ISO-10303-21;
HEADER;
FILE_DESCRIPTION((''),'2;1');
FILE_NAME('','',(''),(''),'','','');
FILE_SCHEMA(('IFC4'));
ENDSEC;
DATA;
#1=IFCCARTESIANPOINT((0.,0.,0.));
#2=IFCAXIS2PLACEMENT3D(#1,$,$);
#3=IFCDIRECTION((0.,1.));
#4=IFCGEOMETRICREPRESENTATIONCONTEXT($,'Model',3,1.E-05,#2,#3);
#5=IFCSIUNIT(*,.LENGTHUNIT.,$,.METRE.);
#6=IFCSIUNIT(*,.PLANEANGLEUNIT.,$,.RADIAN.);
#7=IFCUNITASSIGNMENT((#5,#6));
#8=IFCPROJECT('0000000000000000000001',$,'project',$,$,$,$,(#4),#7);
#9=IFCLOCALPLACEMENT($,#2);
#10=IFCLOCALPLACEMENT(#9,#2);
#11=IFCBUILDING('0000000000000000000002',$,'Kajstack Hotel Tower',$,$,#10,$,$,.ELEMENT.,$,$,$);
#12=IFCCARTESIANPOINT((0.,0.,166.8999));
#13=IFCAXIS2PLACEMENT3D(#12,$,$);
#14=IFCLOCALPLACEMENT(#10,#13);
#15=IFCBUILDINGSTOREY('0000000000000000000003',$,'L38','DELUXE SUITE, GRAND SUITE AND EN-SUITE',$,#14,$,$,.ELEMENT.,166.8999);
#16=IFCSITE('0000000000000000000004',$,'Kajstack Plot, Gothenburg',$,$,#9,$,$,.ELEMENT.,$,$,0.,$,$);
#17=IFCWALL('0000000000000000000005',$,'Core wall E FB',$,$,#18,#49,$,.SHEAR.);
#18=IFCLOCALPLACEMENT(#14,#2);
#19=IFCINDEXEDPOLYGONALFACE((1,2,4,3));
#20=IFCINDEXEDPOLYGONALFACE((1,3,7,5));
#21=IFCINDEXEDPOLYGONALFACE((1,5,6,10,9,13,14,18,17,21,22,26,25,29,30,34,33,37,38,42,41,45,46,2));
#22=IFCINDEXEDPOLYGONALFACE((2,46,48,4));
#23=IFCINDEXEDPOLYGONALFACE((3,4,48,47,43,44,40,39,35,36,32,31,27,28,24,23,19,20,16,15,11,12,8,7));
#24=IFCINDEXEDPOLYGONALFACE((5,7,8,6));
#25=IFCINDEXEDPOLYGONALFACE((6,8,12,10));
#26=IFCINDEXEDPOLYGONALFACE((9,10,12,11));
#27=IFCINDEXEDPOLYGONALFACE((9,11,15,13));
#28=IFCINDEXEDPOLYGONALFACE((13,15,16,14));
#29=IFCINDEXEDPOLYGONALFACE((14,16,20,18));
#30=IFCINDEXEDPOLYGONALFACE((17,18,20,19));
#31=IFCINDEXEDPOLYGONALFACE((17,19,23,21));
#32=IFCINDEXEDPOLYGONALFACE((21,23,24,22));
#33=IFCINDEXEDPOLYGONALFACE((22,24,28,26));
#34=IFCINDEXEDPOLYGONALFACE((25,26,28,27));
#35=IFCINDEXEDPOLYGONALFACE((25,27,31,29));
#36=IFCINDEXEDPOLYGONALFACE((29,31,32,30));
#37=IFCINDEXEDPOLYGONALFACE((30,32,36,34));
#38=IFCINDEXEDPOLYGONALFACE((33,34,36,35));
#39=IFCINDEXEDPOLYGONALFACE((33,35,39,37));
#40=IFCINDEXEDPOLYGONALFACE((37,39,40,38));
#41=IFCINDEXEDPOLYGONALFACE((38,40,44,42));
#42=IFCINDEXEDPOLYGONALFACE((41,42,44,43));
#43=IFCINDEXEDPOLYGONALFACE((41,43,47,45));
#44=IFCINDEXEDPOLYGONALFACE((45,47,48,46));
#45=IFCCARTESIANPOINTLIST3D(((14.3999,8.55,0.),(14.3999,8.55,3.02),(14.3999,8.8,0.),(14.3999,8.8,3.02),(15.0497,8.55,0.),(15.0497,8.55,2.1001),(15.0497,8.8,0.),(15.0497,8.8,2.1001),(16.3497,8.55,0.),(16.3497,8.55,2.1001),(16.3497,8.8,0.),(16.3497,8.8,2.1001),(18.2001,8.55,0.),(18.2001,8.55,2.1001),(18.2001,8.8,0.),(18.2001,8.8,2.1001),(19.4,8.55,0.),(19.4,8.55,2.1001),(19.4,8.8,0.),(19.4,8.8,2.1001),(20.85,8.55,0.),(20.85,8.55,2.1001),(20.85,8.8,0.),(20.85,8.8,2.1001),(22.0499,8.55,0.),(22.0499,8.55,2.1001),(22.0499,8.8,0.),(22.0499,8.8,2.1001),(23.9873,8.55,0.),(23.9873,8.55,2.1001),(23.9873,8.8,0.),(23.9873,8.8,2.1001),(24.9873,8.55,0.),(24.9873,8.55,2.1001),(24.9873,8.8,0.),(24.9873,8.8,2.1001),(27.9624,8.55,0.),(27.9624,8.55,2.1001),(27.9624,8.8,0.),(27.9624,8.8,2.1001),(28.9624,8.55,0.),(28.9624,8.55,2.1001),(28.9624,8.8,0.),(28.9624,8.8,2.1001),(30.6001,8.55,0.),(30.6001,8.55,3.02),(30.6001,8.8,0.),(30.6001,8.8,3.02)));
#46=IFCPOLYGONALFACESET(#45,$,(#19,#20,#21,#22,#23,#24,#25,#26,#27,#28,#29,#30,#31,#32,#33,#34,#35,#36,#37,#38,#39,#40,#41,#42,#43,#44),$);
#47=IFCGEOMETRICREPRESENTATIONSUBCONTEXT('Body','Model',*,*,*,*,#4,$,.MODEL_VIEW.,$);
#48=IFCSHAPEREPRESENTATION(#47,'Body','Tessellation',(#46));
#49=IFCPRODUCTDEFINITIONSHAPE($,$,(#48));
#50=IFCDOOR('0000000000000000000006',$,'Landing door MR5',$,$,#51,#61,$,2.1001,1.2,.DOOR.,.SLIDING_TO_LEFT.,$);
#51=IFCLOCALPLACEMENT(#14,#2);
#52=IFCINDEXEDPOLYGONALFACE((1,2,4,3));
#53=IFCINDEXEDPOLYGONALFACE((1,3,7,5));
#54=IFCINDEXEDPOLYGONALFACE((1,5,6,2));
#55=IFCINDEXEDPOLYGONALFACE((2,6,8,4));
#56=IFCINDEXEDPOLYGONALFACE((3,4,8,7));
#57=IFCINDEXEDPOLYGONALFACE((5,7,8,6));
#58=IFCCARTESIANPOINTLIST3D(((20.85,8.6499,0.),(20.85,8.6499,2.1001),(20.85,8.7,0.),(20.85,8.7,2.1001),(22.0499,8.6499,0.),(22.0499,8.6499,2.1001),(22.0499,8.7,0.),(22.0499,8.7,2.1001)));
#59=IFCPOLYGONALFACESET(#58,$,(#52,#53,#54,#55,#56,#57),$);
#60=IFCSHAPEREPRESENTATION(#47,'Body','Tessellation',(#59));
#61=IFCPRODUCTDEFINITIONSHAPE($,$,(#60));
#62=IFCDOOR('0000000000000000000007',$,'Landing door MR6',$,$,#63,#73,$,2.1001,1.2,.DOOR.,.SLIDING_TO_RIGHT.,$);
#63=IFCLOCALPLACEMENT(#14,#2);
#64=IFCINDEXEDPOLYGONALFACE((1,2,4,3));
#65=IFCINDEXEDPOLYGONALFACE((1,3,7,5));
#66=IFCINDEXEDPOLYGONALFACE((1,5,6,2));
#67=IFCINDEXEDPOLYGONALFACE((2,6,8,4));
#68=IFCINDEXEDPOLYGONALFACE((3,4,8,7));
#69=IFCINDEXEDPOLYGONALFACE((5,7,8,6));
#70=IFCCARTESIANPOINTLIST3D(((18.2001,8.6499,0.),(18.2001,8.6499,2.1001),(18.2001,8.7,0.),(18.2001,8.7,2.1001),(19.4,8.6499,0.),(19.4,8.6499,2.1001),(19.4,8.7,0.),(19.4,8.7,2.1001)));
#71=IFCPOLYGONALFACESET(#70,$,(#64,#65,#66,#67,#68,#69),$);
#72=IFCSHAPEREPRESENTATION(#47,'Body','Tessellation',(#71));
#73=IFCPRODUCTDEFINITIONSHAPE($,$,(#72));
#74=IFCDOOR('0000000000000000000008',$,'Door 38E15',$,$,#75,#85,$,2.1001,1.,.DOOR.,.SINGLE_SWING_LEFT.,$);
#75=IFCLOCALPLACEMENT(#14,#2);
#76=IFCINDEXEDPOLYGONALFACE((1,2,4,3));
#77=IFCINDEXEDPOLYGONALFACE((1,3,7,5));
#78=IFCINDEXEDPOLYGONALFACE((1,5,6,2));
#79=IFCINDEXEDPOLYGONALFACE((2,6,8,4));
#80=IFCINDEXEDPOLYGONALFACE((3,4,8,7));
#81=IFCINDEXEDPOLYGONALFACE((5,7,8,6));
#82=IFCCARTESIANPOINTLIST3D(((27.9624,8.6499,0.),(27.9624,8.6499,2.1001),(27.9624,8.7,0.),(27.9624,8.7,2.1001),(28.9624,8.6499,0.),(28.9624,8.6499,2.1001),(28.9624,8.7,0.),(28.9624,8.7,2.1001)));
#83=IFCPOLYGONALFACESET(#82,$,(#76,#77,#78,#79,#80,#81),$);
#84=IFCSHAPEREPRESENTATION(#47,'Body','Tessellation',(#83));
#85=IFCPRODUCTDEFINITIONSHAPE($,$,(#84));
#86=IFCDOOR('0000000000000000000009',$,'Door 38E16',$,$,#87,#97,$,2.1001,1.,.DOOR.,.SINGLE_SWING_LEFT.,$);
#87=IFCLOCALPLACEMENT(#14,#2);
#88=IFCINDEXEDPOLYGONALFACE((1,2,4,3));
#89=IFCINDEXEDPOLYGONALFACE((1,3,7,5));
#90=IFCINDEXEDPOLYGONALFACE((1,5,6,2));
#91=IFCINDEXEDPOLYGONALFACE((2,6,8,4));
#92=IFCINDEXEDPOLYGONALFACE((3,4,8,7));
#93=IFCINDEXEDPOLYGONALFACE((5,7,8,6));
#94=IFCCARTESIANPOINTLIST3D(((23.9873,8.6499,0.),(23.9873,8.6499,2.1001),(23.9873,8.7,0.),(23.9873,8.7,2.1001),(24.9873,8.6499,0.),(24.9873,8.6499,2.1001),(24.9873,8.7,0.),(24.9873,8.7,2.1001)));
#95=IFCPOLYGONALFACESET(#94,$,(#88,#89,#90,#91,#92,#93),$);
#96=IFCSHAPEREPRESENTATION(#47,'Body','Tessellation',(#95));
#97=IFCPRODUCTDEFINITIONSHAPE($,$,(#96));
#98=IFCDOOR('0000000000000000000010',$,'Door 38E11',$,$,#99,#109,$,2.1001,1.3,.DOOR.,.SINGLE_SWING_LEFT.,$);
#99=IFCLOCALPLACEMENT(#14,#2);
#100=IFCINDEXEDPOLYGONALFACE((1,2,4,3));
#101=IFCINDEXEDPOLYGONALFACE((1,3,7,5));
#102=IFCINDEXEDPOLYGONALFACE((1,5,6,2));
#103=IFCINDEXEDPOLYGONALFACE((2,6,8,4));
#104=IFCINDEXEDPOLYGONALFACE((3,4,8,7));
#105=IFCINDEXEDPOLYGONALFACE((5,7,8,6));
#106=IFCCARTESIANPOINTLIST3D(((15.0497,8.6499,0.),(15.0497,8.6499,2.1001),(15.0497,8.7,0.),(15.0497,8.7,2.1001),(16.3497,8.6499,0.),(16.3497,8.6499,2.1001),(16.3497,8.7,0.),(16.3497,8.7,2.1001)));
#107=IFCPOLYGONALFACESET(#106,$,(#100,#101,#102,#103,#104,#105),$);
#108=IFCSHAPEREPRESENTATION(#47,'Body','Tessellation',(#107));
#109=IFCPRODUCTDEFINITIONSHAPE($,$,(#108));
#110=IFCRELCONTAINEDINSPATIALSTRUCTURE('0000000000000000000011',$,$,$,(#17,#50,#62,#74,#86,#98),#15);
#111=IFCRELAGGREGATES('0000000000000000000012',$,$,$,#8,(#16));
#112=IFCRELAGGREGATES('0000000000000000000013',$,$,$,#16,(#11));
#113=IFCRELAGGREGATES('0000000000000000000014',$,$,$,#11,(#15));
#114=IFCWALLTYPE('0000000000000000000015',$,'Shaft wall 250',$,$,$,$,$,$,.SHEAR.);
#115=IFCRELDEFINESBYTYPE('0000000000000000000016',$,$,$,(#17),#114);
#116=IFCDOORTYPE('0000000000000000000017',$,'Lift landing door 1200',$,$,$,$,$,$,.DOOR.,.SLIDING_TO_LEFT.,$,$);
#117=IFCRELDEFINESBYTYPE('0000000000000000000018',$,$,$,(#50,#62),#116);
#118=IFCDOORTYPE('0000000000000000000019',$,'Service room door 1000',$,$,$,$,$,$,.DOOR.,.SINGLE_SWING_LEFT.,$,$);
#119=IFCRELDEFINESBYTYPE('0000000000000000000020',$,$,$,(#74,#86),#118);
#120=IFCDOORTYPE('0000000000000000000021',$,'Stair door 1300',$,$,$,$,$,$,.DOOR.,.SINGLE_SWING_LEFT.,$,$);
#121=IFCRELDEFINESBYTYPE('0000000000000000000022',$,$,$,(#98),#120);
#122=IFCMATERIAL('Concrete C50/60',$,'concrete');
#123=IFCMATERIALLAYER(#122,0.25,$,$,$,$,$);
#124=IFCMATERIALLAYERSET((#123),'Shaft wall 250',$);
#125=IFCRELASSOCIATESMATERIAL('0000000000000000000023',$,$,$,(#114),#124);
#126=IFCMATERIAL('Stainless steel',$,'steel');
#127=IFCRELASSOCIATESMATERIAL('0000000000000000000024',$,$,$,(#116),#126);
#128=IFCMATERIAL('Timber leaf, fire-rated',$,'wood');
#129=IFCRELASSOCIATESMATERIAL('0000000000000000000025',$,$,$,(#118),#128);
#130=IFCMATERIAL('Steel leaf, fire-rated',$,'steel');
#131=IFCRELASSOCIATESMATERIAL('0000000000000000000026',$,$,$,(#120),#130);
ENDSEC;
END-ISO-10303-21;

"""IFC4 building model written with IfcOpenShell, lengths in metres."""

from ifc_helpers import new_model, si_unit, direction, frame, frame_2d, origin, place, context, subcontext, project, spatial, rectangle, extrude, material, layer, layer_set, type_object, element, fill, save


model = new_model("IFC4")

# Units and contexts
model_context = context("Model", 3, precision=1e-05, world=origin(), true_north=direction((0.0, 1.0)))
body_context = subcontext(model_context, "Body", "Model", "MODEL_VIEW")
ifc_project = project(units=[si_unit("LENGTHUNIT", "METRE"), si_unit("PLANEANGLEUNIT", "RADIAN")], contexts=[model_context])

# Site, building, storey
site_placement = place(None, origin())
site = spatial("IfcSite", under=ifc_project, at=site_placement, Name="Kajstack Plot, Gothenburg", CompositionType="ELEMENT", RefElevation=0.0)
building_placement = place(site_placement, origin())
building = spatial("IfcBuilding", under=site, at=building_placement, Name="Kajstack Hotel Tower", CompositionType="ELEMENT")
storey_placement = place(building_placement, frame((0.0, 0.0, 166.8999)))
storey = spatial("IfcBuildingStorey", under=building, at=storey_placement, Name="L38", Description="DELUXE SUITE, GRAND SUITE AND EN-SUITE", CompositionType="ELEMENT", Elevation=166.8999)

# Wall, openings, doors
ifc_material_1 = material(Name="Concrete C50/60", Category="concrete")
ifc_layer_1 = layer(ifc_material_1, 0.25)
ifc_layer_set_1 = layer_set([ifc_layer_1], Name="Shaft wall 250")
wall_type_1 = type_object("IfcWallType", Name="Shaft wall 250", PredefinedType="SHEAR", material=ifc_layer_set_1)
wall_1_placement = place(storey_placement, frame((14.3999, 8.675, 0.0), z_axis=(0.0, 0.0, 1.0), x_axis=(1.0, 0.0, 0.0)))
wall_1 = element("IfcWall", 1, at=wall_1_placement, inside=storey, type_object=wall_type_1, Name="Core wall E FB", PredefinedType="SHEAR", context=body_context, shape_type="SweptSolid", body=[
    extrude(rectangle(XDim=16.2002, YDim=0.25, at=frame_2d((8.1001, 0.0))), origin(), (0.0, 0.0, 1.0), 3.02),
])
opening_1_placement = place(wall_1_placement, frame((6.45, 0.0, 0.0)))
opening_1 = element("IfcOpeningElement", 2, at=opening_1_placement, cuts=wall_1, PredefinedType="OPENING", context=body_context, shape_type="SweptSolid", body=[
    extrude(rectangle(XDim=1.2, YDim=2.1001, at=frame_2d((0.6001, 1.05))), frame((0.0, 0.135, 0.0), z_axis=(0.0, -1.0, 0.0), x_axis=(1.0, 0.0, 0.0)), (0.0, 0.0, 1.0), 0.27),
])
opening_2_placement = place(wall_1_placement, frame((3.8, 0.0, 0.0)))
opening_2 = element("IfcOpeningElement", 3, at=opening_2_placement, cuts=wall_1, PredefinedType="OPENING", context=body_context, shape_type="SweptSolid", body=[
    extrude(rectangle(XDim=1.2, YDim=2.1001, at=frame_2d((0.6001, 1.05))), frame((0.0, 0.135, 0.0), z_axis=(0.0, -1.0, 0.0), x_axis=(1.0, 0.0, 0.0)), (0.0, 0.0, 1.0), 0.27),
])
opening_3_placement = place(wall_1_placement, frame((0.6499, 0.0, 0.0)))
opening_3 = element("IfcOpeningElement", 4, at=opening_3_placement, cuts=wall_1, PredefinedType="OPENING", context=body_context, shape_type="SweptSolid", body=[
    extrude(rectangle(XDim=1.3, YDim=2.1001, at=frame_2d((0.6499, 1.05))), frame((0.0, 0.135, 0.0), z_axis=(0.0, -1.0, 0.0), x_axis=(1.0, 0.0, 0.0)), (0.0, 0.0, 1.0), 0.27),
])
opening_4_placement = place(wall_1_placement, frame((13.5625, 0.0, 0.0)))
opening_4 = element("IfcOpeningElement", 5, at=opening_4_placement, cuts=wall_1, PredefinedType="OPENING", context=body_context, shape_type="SweptSolid", body=[
    extrude(rectangle(XDim=1.0, YDim=2.1001, at=frame_2d((0.5, 1.05))), frame((0.0, 0.135, 0.0), z_axis=(0.0, -1.0, 0.0), x_axis=(1.0, 0.0, 0.0)), (0.0, 0.0, 1.0), 0.27),
])
opening_5_placement = place(wall_1_placement, frame((9.5874, 0.0, 0.0)))
opening_5 = element("IfcOpeningElement", 6, at=opening_5_placement, cuts=wall_1, PredefinedType="OPENING", context=body_context, shape_type="SweptSolid", body=[
    extrude(rectangle(XDim=1.0, YDim=2.1001, at=frame_2d((0.5, 1.05))), frame((0.0, 0.135, 0.0), z_axis=(0.0, -1.0, 0.0), x_axis=(1.0, 0.0, 0.0)), (0.0, 0.0, 1.0), 0.27),
])
ifc_material_2 = material(Name="Stainless steel", Category="steel")
door_type_1 = type_object("IfcDoorType", Name="Lift landing door 1200", OperationType="SLIDING_TO_LEFT", PredefinedType="DOOR", material=ifc_material_2)
door_1_placement = place(opening_1_placement, origin())
door_1 = element("IfcDoor", 7, at=door_1_placement, inside=storey, type_object=door_type_1, Name="Landing door MR5", OperationType="SLIDING_TO_LEFT", OverallHeight=2.1001, OverallWidth=1.2, PredefinedType="DOOR", context=body_context, shape_type="SweptSolid", body=[
    extrude(rectangle(XDim=1.2, YDim=2.1001, at=frame_2d((0.6001, 1.05))), frame((0.0, 0.0249, 0.0), z_axis=(0.0, -1.0, 0.0), x_axis=(1.0, 0.0, 0.0)), (0.0, 0.0, 1.0), 0.05),
])
fill(opening_1, door_1)
door_2_placement = place(opening_2_placement, origin())
door_2 = element("IfcDoor", 8, at=door_2_placement, inside=storey, type_object=door_type_1, Name="Landing door MR6", OperationType="SLIDING_TO_RIGHT", OverallHeight=2.1001, OverallWidth=1.2, PredefinedType="DOOR", context=body_context, shape_type="SweptSolid", body=[
    extrude(rectangle(XDim=1.2, YDim=2.1001, at=frame_2d((0.6001, 1.05))), frame((0.0, 0.0249, 0.0), z_axis=(0.0, -1.0, 0.0), x_axis=(1.0, 0.0, 0.0)), (0.0, 0.0, 1.0), 0.05),
])
fill(opening_2, door_2)
ifc_material_3 = material(Name="Timber leaf, fire-rated", Category="wood")
door_type_2 = type_object("IfcDoorType", Name="Service room door 1000", OperationType="SINGLE_SWING_LEFT", PredefinedType="DOOR", material=ifc_material_3)
door_3_placement = place(opening_4_placement, origin())
door_3 = element("IfcDoor", 9, at=door_3_placement, inside=storey, type_object=door_type_2, Name="Door 38E15", OperationType="SINGLE_SWING_LEFT", OverallHeight=2.1001, OverallWidth=1.0, PredefinedType="DOOR", context=body_context, shape_type="SweptSolid", body=[
    extrude(rectangle(XDim=1.0, YDim=2.1001, at=frame_2d((0.5, 1.05))), frame((0.0, 0.0249, 0.0), z_axis=(0.0, -1.0, 0.0), x_axis=(1.0, 0.0, 0.0)), (0.0, 0.0, 1.0), 0.05),
])
fill(opening_4, door_3)
door_4_placement = place(opening_5_placement, origin())
door_4 = element("IfcDoor", 10, at=door_4_placement, inside=storey, type_object=door_type_2, Name="Door 38E16", OperationType="SINGLE_SWING_LEFT", OverallHeight=2.1001, OverallWidth=1.0, PredefinedType="DOOR", context=body_context, shape_type="SweptSolid", body=[
    extrude(rectangle(XDim=1.0, YDim=2.1001, at=frame_2d((0.5, 1.05))), frame((0.0, 0.0249, 0.0), z_axis=(0.0, -1.0, 0.0), x_axis=(1.0, 0.0, 0.0)), (0.0, 0.0, 1.0), 0.05),
])
fill(opening_5, door_4)
ifc_material_4 = material(Name="Steel leaf, fire-rated", Category="steel")
door_type_3 = type_object("IfcDoorType", Name="Stair door 1300", OperationType="SINGLE_SWING_LEFT", PredefinedType="DOOR", material=ifc_material_4)
door_5_placement = place(opening_3_placement, origin())
door_5 = element("IfcDoor", 11, at=door_5_placement, inside=storey, type_object=door_type_3, Name="Door 38E11", OperationType="SINGLE_SWING_LEFT", OverallHeight=2.1001, OverallWidth=1.3, PredefinedType="DOOR", context=body_context, shape_type="SweptSolid", body=[
    extrude(rectangle(XDim=1.3, YDim=2.1001, at=frame_2d((0.6499, 1.05))), frame((0.0, 0.0249, 0.0), z_axis=(0.0, -1.0, 0.0), x_axis=(1.0, 0.0, 0.0)), (0.0, 0.0, 1.0), 0.05),
])
fill(opening_3, door_5)

save(model, "model.ifc")
